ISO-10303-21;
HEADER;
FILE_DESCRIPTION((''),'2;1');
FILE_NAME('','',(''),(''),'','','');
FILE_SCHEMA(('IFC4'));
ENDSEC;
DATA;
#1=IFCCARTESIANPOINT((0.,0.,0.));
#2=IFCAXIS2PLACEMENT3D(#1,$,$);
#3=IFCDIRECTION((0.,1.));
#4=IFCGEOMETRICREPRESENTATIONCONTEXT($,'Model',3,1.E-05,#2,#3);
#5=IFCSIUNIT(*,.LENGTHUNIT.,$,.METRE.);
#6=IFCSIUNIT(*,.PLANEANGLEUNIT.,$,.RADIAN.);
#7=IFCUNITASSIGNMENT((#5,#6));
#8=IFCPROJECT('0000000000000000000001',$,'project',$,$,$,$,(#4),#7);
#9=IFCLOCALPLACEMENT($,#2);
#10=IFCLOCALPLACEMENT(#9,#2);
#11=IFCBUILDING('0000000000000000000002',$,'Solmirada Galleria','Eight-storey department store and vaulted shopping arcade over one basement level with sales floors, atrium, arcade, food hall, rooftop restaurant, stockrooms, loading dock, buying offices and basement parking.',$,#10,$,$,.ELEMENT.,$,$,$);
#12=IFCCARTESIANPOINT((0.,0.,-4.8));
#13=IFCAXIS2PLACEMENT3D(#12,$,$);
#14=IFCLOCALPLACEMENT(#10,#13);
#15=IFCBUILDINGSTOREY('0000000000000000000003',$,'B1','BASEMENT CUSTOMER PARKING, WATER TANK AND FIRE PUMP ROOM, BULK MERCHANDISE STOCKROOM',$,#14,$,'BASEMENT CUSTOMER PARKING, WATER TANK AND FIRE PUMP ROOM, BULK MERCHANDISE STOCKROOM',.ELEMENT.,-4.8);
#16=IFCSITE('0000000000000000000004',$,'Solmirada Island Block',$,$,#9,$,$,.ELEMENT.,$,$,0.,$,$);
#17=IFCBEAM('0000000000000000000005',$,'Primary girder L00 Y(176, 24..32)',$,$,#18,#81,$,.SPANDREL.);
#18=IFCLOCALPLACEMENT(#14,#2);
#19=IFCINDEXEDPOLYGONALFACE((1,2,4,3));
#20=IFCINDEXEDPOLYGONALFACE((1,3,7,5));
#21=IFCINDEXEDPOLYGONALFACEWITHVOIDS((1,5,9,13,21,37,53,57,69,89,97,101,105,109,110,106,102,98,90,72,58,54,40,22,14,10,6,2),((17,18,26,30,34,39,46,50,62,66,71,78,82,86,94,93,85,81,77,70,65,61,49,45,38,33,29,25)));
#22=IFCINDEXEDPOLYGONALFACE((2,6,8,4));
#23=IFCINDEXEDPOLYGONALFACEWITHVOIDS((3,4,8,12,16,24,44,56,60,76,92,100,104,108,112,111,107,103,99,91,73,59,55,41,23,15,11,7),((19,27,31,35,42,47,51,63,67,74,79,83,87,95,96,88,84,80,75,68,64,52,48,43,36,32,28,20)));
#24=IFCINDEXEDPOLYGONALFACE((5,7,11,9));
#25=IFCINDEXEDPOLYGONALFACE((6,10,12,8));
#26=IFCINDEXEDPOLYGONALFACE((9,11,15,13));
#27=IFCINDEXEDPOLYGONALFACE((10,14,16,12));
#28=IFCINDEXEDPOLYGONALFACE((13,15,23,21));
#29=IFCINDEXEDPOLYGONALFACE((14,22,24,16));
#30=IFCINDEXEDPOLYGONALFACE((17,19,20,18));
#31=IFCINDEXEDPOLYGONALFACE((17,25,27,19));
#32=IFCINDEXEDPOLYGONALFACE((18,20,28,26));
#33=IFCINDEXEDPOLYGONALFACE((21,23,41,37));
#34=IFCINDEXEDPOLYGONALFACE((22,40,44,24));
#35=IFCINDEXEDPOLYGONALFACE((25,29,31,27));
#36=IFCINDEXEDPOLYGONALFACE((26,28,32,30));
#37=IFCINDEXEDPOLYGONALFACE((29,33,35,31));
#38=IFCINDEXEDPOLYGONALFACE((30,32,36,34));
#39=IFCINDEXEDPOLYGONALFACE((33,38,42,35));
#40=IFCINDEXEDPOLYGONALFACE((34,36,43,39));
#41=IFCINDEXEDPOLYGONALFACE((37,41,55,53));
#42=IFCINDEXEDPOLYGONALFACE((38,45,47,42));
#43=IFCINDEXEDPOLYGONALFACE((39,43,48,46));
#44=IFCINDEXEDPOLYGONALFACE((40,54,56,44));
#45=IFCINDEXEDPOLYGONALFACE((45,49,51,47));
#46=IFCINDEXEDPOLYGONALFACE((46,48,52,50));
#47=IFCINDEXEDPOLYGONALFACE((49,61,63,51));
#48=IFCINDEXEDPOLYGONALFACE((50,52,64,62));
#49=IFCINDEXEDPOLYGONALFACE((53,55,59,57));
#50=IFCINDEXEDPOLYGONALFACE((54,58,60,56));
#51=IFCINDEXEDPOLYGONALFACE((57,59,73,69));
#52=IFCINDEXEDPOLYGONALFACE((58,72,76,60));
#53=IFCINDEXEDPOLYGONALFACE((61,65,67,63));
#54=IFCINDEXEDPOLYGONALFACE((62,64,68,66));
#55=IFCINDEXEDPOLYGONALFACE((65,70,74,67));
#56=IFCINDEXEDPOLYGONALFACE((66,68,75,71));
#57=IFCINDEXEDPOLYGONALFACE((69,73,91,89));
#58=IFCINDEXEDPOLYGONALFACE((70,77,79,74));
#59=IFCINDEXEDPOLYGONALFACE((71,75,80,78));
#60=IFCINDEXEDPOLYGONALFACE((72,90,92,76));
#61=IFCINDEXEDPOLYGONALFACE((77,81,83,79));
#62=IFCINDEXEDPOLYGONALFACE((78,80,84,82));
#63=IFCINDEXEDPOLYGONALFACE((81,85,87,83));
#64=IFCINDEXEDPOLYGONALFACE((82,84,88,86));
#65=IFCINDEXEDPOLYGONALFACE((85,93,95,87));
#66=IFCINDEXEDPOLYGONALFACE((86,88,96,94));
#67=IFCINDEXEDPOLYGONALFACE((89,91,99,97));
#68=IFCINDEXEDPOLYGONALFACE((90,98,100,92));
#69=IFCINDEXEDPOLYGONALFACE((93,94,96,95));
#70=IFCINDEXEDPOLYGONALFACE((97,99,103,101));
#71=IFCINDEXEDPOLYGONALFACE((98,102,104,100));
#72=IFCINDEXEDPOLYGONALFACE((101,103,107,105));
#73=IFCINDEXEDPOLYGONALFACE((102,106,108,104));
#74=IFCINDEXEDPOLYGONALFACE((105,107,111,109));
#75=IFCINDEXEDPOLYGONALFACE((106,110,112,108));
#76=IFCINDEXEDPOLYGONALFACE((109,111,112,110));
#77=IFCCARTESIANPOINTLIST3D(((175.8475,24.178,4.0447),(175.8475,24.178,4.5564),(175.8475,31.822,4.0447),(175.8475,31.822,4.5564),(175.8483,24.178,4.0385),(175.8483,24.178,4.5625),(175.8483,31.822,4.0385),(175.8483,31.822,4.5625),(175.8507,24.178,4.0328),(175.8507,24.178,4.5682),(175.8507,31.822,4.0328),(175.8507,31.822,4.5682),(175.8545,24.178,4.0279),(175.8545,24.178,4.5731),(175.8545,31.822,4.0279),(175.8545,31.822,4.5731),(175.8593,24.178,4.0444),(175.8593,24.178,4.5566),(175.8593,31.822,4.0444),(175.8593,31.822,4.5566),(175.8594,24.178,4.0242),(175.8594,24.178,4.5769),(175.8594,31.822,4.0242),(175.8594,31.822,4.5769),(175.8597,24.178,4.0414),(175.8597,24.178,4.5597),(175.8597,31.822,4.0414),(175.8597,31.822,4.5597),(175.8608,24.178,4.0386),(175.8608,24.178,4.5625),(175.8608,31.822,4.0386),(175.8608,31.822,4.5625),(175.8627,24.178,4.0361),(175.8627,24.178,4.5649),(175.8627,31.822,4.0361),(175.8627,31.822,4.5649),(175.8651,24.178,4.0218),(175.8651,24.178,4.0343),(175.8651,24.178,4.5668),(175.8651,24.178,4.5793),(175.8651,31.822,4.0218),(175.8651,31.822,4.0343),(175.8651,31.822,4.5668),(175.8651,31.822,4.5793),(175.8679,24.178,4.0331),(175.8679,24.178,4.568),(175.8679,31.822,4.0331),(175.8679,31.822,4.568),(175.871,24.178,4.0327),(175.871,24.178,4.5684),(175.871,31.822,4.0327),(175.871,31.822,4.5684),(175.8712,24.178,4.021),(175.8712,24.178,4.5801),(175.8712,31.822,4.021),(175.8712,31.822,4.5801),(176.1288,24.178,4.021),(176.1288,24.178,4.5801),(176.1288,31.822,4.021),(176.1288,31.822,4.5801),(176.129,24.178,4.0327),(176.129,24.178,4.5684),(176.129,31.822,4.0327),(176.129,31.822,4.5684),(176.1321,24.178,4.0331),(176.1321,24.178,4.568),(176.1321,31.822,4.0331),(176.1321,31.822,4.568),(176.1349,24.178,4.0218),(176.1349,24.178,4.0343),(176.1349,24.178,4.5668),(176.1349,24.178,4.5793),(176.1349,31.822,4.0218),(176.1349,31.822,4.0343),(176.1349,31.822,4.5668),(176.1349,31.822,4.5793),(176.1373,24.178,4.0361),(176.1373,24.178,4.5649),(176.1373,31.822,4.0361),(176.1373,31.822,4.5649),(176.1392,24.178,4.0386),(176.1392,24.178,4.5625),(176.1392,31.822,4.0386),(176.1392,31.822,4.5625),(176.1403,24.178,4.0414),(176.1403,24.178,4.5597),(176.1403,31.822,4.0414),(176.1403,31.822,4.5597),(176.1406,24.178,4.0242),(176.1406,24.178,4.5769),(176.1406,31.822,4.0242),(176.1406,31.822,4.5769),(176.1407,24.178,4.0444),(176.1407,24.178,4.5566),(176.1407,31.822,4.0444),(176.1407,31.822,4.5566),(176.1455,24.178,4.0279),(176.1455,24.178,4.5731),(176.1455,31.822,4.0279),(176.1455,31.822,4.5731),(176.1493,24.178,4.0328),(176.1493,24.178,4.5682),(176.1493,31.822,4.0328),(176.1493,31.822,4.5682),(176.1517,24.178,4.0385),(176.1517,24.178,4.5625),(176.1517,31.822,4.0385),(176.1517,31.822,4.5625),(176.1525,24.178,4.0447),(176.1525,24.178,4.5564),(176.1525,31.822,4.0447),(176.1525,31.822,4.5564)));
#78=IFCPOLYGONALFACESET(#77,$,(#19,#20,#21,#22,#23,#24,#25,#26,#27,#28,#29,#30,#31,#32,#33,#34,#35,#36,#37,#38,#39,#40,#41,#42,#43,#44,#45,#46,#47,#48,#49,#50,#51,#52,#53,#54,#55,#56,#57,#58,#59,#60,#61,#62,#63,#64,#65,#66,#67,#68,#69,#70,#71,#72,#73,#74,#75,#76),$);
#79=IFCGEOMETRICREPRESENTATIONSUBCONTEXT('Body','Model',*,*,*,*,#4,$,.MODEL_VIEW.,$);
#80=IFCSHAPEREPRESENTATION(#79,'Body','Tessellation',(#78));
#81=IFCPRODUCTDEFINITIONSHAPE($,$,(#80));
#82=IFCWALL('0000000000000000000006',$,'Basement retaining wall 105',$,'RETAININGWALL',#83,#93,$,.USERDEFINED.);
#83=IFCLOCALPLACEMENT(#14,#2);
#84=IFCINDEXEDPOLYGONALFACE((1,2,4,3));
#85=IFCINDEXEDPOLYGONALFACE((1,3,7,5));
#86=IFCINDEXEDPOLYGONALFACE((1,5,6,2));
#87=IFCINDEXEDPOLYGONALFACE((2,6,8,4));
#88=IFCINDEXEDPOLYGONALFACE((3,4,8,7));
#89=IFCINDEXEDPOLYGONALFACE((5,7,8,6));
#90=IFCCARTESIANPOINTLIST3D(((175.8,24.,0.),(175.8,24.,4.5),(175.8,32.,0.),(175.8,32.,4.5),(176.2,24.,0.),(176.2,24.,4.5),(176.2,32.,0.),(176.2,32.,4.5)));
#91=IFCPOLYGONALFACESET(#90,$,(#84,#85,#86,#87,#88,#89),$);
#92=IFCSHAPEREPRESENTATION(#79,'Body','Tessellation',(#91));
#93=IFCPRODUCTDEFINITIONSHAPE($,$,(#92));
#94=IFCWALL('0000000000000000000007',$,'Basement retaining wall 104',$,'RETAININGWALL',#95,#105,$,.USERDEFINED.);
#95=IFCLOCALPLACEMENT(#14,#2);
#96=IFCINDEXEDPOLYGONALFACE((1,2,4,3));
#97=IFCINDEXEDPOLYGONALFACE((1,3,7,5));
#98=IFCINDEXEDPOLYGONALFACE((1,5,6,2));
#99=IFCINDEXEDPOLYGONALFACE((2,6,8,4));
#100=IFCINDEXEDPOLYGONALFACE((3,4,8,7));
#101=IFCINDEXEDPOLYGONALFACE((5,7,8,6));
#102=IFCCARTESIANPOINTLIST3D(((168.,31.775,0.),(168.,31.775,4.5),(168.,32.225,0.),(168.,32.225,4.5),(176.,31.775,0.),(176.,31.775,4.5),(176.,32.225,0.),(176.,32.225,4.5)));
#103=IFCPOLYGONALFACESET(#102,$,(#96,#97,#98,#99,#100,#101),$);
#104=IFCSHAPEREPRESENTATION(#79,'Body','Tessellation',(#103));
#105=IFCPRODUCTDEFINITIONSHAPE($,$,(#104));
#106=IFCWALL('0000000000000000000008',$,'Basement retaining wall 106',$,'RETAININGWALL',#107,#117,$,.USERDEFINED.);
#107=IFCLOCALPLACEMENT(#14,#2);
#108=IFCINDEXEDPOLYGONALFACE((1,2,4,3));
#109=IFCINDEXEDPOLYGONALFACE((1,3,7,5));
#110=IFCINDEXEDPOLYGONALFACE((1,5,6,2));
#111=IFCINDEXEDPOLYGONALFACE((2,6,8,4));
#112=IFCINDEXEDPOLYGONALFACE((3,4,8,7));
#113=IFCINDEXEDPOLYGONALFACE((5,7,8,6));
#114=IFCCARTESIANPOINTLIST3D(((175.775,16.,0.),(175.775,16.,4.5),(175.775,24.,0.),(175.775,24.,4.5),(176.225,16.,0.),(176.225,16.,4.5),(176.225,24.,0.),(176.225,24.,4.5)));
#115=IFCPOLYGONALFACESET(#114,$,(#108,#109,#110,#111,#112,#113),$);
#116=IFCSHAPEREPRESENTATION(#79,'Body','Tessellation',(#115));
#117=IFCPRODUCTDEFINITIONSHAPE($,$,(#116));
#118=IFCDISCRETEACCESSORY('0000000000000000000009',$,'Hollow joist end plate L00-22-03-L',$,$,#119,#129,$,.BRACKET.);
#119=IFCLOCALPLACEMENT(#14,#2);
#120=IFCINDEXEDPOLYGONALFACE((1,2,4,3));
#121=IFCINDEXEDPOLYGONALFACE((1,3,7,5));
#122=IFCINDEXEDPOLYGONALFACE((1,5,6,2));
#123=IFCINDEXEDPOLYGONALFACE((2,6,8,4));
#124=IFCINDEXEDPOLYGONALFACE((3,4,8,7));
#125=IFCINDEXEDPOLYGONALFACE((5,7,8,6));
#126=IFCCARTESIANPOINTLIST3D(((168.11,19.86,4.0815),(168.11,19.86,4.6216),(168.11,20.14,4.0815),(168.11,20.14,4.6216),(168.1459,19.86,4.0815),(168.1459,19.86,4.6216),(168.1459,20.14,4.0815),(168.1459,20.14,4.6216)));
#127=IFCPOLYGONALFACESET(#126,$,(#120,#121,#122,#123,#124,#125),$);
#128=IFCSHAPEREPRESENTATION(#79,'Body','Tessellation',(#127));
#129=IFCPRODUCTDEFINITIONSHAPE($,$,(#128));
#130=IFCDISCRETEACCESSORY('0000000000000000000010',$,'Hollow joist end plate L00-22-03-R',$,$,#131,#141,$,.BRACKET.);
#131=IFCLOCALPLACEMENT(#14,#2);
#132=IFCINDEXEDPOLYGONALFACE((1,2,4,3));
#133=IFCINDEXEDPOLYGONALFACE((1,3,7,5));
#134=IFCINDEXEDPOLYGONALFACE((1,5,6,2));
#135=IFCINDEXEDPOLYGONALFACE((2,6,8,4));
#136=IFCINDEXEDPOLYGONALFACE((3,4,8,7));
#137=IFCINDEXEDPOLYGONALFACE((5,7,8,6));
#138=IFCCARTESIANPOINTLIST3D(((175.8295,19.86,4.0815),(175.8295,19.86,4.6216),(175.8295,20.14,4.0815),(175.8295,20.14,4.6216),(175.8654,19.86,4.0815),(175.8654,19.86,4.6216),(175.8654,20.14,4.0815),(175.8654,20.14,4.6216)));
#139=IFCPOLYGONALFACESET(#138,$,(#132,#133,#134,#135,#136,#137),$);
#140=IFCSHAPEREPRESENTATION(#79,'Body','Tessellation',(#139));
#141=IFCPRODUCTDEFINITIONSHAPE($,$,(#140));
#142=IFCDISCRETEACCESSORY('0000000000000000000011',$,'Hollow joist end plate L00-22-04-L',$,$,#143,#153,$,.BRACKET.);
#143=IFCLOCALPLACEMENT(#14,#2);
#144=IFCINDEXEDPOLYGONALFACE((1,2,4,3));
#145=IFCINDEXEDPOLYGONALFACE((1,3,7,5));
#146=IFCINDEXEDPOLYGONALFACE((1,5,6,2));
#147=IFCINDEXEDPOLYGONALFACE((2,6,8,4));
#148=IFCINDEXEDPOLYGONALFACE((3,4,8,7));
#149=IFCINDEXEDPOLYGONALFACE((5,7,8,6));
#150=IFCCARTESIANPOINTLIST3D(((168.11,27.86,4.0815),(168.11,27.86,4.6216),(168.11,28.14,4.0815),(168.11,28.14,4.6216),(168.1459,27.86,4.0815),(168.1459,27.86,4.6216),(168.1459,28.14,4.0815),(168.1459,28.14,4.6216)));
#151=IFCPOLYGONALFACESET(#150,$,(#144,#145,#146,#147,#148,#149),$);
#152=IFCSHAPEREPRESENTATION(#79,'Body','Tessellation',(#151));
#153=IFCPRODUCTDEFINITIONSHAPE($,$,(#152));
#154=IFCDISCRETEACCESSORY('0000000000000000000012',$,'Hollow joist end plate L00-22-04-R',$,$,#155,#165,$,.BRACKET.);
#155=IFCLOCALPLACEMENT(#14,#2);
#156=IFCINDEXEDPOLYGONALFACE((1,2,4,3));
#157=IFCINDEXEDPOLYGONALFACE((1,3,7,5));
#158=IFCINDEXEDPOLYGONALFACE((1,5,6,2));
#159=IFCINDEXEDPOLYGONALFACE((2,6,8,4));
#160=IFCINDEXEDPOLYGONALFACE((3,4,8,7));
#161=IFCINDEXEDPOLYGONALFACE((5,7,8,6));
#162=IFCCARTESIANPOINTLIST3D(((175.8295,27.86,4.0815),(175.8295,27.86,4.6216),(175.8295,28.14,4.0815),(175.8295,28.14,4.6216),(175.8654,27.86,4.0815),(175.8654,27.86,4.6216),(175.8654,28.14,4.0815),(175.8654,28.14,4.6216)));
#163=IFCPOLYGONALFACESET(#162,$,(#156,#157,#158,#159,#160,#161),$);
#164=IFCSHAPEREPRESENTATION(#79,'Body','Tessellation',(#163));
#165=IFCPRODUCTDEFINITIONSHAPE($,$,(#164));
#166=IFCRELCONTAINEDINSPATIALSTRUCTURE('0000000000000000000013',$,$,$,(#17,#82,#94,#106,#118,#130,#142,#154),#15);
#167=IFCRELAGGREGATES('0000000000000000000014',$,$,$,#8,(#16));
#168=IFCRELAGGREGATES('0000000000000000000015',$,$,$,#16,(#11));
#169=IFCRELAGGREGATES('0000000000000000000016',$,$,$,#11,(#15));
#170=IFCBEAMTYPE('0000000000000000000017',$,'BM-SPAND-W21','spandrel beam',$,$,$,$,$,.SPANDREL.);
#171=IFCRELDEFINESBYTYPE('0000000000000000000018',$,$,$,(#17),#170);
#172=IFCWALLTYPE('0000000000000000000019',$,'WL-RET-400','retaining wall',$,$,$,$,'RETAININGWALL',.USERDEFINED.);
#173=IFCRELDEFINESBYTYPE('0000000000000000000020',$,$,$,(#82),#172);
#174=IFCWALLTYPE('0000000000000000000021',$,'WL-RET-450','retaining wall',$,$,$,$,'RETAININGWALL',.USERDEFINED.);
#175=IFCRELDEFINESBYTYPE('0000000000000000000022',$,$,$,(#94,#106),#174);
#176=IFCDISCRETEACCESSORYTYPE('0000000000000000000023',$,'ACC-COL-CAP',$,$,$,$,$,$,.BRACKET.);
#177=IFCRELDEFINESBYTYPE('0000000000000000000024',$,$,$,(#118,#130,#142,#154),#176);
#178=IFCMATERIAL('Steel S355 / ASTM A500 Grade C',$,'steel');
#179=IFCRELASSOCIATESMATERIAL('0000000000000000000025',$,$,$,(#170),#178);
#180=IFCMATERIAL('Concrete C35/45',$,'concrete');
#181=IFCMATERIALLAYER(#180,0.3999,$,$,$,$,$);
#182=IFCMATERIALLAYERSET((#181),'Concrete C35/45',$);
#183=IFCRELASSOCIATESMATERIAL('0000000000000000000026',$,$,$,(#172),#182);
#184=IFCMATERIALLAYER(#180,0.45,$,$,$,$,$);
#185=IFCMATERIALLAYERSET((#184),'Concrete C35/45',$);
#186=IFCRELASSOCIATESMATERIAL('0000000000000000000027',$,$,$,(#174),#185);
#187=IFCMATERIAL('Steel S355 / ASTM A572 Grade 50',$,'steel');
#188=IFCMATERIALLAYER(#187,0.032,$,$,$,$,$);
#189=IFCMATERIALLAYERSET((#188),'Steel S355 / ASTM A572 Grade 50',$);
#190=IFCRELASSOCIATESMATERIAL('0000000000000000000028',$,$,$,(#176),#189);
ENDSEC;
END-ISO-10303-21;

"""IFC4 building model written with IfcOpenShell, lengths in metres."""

from ifc_helpers import new_model, si_unit, direction, frame, frame_2d, origin, origin_2d, place, context, subcontext, project, spatial, rectangle, hollow_rectangle, extrude, material, layer, layer_set, material_profile, profile_set, type_object, element, save


model = new_model("IFC4")

# Units and contexts
model_context = context("Model", 3, precision=1e-05, world=origin(), true_north=direction((0.0, 1.0)))
body_context = subcontext(model_context, "Body", "Model", "MODEL_VIEW")
ifc_project = project(units=[si_unit("LENGTHUNIT", "METRE"), si_unit("PLANEANGLEUNIT", "RADIAN")], contexts=[model_context])

# Site, building, storey
site_placement = place(None, origin())
site = spatial("IfcSite", under=ifc_project, at=site_placement, Name="Solmirada Island Block", CompositionType="ELEMENT", RefElevation=0.0)
building_placement = place(site_placement, origin())
building = spatial("IfcBuilding", under=site, at=building_placement, Name="Solmirada Galleria", Description="Eight-storey department store and vaulted shopping arcade over one basement level with sales floors, atrium, arcade, food hall, rooftop restaurant, stockrooms, loading dock, buying offices and basement parking.", CompositionType="ELEMENT")
storey_placement = place(building_placement, frame((0.0, 0.0, -4.8)))
storey = spatial("IfcBuildingStorey", under=building, at=storey_placement, Name="B1", Description="BASEMENT CUSTOMER PARKING, WATER TANK AND FIRE PUMP ROOM, BULK MERCHANDISE STOCKROOM", LongName="BASEMENT CUSTOMER PARKING, WATER TANK AND FIRE PUMP ROOM, BULK MERCHANDISE STOCKROOM", CompositionType="ELEMENT", Elevation=-4.8)

# Shared definitions
ifc_material_1 = material(Name="Concrete C35/45", Category="concrete")

# Shared definitions
ifc_material_2 = material(Name="Steel S355 / ASTM A500 Grade C", Category="steel")

# Beam
ifc_material_profile_1 = material_profile(ifc_material_2, hollow_rectangle(XDim=0.3049, YDim=0.5591, WallThickness=0.0117, InnerFilletRadius=0.0117, OuterFilletRadius=0.0237, at=origin_2d()), Name="HSS22X12X1/2")
ifc_profile_set_1 = profile_set([ifc_material_profile_1], Name="Steel S355 / ASTM A500 Grade C")
beam_type_1 = type_object("IfcBeamType", Name="BM-SPAND-W21", Description="spandrel beam", PredefinedType="SPANDREL", material=ifc_profile_set_1)
beam_1_placement = place(storey_placement, frame((176.0, 24.178, 4.3005), z_axis=(0.0, 1.0, 0.0), x_axis=(-1.0, 0.0, 0.0)))
element("IfcBeam", 1, at=beam_1_placement, inside=storey, type_object=beam_type_1, Name="Primary girder L00 Y(176, 24..32)", PredefinedType="SPANDREL", context=body_context, shape_type="SweptSolid", body=[
    extrude(hollow_rectangle(XDim=0.3049, YDim=0.5591, WallThickness=0.0117, InnerFilletRadius=0.0117, OuterFilletRadius=0.0237, at=origin_2d()), origin(), (0.0, 0.0, 1.0), 7.644),
])

# Walls
ifc_layer_1 = layer(ifc_material_1, 0.3999)
ifc_layer_set_1 = layer_set([ifc_layer_1], Name="Concrete C35/45")
wall_type_1 = type_object("IfcWallType", Name="WL-RET-400", Description="retaining wall", ElementType="RETAININGWALL", PredefinedType="USERDEFINED", material=ifc_layer_set_1)
wall_placement = place(storey_placement, frame((176.0, 32.0, 0.0), z_axis=(0.0, 0.0, 1.0), x_axis=(0.0, -1.0, 0.0)))
element("IfcWall", 2, at=wall_placement, inside=storey, type_object=wall_type_1, Name="Basement retaining wall 105", ObjectType="RETAININGWALL", PredefinedType="USERDEFINED", context=body_context, shape_type="SweptSolid", body=[
    extrude(rectangle(XDim=8.0, YDim=0.3999, at=frame_2d((4.0, 0.0))), origin(), (0.0, 0.0, 1.0), 4.5),
])
ifc_layer_2 = layer(ifc_material_1, 0.45)
ifc_layer_set_2 = layer_set([ifc_layer_2], Name="Concrete C35/45")
wall_type_2 = type_object("IfcWallType", Name="WL-RET-450", Description="retaining wall", ElementType="RETAININGWALL", PredefinedType="USERDEFINED", material=ifc_layer_set_2)
for number, where, z_axis, x_axis, name in (
    (3, (168.0, 32.0, 0.0), (0.0, 0.0, 1.0), (1.0, 0.0, 0.0), "Basement retaining wall 104"),
    (4, (176.0, 24.0, 0.0), (0.0, 0.0, 1.0), (0.0, -1.0, 0.0), "Basement retaining wall 106"),
):
    element("IfcWall", number, at=place(storey_placement, frame(where, z_axis=z_axis, x_axis=x_axis)), inside=storey, type_object=wall_type_2, Name=name, ObjectType="RETAININGWALL", PredefinedType="USERDEFINED", context=body_context, shape_type="SweptSolid", body=[
        extrude(rectangle(XDim=8.0, YDim=0.45, at=frame_2d((4.0, 0.0))), origin(), (0.0, 0.0, 1.0), 4.5),
    ])

# Discrete accessories
ifc_material_3 = material(Name="Steel S355 / ASTM A572 Grade 50", Category="steel")
ifc_layer_3 = layer(ifc_material_3, 0.032)
ifc_layer_set_3 = layer_set([ifc_layer_3], Name="Steel S355 / ASTM A572 Grade 50")
discrete_accessory_type = type_object("IfcDiscreteAccessoryType", Name="ACC-COL-CAP", PredefinedType="BRACKET", material=ifc_layer_set_3)
for number, where, z_axis, x_axis, name in (
    (5, (168.1279, 20.0, 4.0815), (0.0, 0.0, 1.0), (1.0, 0.0, 0.0), "Hollow joist end plate L00-22-03-L"),
    (6, (175.8474, 20.0, 4.0815), (0.0, 0.0, 1.0), (1.0, 0.0, 0.0), "Hollow joist end plate L00-22-03-R"),
    (7, (168.1279, 28.0, 4.0815), (0.0, 0.0, 1.0), (1.0, 0.0, 0.0), "Hollow joist end plate L00-22-04-L"),
    (8, (175.8474, 28.0, 4.0815), (0.0, 0.0, 1.0), (1.0, 0.0, 0.0), "Hollow joist end plate L00-22-04-R"),
):
    element("IfcDiscreteAccessory", number, at=place(storey_placement, frame(where, z_axis=z_axis, x_axis=x_axis)), inside=storey, type_object=discrete_accessory_type, Name=name, PredefinedType="BRACKET", context=body_context, shape_type="SweptSolid", body=[
        extrude(rectangle(XDim=0.0359, YDim=0.28, at=origin_2d()), origin(), (0.0, 0.0, 1.0), 0.54),
    ])

save(model, "model.ifc")
